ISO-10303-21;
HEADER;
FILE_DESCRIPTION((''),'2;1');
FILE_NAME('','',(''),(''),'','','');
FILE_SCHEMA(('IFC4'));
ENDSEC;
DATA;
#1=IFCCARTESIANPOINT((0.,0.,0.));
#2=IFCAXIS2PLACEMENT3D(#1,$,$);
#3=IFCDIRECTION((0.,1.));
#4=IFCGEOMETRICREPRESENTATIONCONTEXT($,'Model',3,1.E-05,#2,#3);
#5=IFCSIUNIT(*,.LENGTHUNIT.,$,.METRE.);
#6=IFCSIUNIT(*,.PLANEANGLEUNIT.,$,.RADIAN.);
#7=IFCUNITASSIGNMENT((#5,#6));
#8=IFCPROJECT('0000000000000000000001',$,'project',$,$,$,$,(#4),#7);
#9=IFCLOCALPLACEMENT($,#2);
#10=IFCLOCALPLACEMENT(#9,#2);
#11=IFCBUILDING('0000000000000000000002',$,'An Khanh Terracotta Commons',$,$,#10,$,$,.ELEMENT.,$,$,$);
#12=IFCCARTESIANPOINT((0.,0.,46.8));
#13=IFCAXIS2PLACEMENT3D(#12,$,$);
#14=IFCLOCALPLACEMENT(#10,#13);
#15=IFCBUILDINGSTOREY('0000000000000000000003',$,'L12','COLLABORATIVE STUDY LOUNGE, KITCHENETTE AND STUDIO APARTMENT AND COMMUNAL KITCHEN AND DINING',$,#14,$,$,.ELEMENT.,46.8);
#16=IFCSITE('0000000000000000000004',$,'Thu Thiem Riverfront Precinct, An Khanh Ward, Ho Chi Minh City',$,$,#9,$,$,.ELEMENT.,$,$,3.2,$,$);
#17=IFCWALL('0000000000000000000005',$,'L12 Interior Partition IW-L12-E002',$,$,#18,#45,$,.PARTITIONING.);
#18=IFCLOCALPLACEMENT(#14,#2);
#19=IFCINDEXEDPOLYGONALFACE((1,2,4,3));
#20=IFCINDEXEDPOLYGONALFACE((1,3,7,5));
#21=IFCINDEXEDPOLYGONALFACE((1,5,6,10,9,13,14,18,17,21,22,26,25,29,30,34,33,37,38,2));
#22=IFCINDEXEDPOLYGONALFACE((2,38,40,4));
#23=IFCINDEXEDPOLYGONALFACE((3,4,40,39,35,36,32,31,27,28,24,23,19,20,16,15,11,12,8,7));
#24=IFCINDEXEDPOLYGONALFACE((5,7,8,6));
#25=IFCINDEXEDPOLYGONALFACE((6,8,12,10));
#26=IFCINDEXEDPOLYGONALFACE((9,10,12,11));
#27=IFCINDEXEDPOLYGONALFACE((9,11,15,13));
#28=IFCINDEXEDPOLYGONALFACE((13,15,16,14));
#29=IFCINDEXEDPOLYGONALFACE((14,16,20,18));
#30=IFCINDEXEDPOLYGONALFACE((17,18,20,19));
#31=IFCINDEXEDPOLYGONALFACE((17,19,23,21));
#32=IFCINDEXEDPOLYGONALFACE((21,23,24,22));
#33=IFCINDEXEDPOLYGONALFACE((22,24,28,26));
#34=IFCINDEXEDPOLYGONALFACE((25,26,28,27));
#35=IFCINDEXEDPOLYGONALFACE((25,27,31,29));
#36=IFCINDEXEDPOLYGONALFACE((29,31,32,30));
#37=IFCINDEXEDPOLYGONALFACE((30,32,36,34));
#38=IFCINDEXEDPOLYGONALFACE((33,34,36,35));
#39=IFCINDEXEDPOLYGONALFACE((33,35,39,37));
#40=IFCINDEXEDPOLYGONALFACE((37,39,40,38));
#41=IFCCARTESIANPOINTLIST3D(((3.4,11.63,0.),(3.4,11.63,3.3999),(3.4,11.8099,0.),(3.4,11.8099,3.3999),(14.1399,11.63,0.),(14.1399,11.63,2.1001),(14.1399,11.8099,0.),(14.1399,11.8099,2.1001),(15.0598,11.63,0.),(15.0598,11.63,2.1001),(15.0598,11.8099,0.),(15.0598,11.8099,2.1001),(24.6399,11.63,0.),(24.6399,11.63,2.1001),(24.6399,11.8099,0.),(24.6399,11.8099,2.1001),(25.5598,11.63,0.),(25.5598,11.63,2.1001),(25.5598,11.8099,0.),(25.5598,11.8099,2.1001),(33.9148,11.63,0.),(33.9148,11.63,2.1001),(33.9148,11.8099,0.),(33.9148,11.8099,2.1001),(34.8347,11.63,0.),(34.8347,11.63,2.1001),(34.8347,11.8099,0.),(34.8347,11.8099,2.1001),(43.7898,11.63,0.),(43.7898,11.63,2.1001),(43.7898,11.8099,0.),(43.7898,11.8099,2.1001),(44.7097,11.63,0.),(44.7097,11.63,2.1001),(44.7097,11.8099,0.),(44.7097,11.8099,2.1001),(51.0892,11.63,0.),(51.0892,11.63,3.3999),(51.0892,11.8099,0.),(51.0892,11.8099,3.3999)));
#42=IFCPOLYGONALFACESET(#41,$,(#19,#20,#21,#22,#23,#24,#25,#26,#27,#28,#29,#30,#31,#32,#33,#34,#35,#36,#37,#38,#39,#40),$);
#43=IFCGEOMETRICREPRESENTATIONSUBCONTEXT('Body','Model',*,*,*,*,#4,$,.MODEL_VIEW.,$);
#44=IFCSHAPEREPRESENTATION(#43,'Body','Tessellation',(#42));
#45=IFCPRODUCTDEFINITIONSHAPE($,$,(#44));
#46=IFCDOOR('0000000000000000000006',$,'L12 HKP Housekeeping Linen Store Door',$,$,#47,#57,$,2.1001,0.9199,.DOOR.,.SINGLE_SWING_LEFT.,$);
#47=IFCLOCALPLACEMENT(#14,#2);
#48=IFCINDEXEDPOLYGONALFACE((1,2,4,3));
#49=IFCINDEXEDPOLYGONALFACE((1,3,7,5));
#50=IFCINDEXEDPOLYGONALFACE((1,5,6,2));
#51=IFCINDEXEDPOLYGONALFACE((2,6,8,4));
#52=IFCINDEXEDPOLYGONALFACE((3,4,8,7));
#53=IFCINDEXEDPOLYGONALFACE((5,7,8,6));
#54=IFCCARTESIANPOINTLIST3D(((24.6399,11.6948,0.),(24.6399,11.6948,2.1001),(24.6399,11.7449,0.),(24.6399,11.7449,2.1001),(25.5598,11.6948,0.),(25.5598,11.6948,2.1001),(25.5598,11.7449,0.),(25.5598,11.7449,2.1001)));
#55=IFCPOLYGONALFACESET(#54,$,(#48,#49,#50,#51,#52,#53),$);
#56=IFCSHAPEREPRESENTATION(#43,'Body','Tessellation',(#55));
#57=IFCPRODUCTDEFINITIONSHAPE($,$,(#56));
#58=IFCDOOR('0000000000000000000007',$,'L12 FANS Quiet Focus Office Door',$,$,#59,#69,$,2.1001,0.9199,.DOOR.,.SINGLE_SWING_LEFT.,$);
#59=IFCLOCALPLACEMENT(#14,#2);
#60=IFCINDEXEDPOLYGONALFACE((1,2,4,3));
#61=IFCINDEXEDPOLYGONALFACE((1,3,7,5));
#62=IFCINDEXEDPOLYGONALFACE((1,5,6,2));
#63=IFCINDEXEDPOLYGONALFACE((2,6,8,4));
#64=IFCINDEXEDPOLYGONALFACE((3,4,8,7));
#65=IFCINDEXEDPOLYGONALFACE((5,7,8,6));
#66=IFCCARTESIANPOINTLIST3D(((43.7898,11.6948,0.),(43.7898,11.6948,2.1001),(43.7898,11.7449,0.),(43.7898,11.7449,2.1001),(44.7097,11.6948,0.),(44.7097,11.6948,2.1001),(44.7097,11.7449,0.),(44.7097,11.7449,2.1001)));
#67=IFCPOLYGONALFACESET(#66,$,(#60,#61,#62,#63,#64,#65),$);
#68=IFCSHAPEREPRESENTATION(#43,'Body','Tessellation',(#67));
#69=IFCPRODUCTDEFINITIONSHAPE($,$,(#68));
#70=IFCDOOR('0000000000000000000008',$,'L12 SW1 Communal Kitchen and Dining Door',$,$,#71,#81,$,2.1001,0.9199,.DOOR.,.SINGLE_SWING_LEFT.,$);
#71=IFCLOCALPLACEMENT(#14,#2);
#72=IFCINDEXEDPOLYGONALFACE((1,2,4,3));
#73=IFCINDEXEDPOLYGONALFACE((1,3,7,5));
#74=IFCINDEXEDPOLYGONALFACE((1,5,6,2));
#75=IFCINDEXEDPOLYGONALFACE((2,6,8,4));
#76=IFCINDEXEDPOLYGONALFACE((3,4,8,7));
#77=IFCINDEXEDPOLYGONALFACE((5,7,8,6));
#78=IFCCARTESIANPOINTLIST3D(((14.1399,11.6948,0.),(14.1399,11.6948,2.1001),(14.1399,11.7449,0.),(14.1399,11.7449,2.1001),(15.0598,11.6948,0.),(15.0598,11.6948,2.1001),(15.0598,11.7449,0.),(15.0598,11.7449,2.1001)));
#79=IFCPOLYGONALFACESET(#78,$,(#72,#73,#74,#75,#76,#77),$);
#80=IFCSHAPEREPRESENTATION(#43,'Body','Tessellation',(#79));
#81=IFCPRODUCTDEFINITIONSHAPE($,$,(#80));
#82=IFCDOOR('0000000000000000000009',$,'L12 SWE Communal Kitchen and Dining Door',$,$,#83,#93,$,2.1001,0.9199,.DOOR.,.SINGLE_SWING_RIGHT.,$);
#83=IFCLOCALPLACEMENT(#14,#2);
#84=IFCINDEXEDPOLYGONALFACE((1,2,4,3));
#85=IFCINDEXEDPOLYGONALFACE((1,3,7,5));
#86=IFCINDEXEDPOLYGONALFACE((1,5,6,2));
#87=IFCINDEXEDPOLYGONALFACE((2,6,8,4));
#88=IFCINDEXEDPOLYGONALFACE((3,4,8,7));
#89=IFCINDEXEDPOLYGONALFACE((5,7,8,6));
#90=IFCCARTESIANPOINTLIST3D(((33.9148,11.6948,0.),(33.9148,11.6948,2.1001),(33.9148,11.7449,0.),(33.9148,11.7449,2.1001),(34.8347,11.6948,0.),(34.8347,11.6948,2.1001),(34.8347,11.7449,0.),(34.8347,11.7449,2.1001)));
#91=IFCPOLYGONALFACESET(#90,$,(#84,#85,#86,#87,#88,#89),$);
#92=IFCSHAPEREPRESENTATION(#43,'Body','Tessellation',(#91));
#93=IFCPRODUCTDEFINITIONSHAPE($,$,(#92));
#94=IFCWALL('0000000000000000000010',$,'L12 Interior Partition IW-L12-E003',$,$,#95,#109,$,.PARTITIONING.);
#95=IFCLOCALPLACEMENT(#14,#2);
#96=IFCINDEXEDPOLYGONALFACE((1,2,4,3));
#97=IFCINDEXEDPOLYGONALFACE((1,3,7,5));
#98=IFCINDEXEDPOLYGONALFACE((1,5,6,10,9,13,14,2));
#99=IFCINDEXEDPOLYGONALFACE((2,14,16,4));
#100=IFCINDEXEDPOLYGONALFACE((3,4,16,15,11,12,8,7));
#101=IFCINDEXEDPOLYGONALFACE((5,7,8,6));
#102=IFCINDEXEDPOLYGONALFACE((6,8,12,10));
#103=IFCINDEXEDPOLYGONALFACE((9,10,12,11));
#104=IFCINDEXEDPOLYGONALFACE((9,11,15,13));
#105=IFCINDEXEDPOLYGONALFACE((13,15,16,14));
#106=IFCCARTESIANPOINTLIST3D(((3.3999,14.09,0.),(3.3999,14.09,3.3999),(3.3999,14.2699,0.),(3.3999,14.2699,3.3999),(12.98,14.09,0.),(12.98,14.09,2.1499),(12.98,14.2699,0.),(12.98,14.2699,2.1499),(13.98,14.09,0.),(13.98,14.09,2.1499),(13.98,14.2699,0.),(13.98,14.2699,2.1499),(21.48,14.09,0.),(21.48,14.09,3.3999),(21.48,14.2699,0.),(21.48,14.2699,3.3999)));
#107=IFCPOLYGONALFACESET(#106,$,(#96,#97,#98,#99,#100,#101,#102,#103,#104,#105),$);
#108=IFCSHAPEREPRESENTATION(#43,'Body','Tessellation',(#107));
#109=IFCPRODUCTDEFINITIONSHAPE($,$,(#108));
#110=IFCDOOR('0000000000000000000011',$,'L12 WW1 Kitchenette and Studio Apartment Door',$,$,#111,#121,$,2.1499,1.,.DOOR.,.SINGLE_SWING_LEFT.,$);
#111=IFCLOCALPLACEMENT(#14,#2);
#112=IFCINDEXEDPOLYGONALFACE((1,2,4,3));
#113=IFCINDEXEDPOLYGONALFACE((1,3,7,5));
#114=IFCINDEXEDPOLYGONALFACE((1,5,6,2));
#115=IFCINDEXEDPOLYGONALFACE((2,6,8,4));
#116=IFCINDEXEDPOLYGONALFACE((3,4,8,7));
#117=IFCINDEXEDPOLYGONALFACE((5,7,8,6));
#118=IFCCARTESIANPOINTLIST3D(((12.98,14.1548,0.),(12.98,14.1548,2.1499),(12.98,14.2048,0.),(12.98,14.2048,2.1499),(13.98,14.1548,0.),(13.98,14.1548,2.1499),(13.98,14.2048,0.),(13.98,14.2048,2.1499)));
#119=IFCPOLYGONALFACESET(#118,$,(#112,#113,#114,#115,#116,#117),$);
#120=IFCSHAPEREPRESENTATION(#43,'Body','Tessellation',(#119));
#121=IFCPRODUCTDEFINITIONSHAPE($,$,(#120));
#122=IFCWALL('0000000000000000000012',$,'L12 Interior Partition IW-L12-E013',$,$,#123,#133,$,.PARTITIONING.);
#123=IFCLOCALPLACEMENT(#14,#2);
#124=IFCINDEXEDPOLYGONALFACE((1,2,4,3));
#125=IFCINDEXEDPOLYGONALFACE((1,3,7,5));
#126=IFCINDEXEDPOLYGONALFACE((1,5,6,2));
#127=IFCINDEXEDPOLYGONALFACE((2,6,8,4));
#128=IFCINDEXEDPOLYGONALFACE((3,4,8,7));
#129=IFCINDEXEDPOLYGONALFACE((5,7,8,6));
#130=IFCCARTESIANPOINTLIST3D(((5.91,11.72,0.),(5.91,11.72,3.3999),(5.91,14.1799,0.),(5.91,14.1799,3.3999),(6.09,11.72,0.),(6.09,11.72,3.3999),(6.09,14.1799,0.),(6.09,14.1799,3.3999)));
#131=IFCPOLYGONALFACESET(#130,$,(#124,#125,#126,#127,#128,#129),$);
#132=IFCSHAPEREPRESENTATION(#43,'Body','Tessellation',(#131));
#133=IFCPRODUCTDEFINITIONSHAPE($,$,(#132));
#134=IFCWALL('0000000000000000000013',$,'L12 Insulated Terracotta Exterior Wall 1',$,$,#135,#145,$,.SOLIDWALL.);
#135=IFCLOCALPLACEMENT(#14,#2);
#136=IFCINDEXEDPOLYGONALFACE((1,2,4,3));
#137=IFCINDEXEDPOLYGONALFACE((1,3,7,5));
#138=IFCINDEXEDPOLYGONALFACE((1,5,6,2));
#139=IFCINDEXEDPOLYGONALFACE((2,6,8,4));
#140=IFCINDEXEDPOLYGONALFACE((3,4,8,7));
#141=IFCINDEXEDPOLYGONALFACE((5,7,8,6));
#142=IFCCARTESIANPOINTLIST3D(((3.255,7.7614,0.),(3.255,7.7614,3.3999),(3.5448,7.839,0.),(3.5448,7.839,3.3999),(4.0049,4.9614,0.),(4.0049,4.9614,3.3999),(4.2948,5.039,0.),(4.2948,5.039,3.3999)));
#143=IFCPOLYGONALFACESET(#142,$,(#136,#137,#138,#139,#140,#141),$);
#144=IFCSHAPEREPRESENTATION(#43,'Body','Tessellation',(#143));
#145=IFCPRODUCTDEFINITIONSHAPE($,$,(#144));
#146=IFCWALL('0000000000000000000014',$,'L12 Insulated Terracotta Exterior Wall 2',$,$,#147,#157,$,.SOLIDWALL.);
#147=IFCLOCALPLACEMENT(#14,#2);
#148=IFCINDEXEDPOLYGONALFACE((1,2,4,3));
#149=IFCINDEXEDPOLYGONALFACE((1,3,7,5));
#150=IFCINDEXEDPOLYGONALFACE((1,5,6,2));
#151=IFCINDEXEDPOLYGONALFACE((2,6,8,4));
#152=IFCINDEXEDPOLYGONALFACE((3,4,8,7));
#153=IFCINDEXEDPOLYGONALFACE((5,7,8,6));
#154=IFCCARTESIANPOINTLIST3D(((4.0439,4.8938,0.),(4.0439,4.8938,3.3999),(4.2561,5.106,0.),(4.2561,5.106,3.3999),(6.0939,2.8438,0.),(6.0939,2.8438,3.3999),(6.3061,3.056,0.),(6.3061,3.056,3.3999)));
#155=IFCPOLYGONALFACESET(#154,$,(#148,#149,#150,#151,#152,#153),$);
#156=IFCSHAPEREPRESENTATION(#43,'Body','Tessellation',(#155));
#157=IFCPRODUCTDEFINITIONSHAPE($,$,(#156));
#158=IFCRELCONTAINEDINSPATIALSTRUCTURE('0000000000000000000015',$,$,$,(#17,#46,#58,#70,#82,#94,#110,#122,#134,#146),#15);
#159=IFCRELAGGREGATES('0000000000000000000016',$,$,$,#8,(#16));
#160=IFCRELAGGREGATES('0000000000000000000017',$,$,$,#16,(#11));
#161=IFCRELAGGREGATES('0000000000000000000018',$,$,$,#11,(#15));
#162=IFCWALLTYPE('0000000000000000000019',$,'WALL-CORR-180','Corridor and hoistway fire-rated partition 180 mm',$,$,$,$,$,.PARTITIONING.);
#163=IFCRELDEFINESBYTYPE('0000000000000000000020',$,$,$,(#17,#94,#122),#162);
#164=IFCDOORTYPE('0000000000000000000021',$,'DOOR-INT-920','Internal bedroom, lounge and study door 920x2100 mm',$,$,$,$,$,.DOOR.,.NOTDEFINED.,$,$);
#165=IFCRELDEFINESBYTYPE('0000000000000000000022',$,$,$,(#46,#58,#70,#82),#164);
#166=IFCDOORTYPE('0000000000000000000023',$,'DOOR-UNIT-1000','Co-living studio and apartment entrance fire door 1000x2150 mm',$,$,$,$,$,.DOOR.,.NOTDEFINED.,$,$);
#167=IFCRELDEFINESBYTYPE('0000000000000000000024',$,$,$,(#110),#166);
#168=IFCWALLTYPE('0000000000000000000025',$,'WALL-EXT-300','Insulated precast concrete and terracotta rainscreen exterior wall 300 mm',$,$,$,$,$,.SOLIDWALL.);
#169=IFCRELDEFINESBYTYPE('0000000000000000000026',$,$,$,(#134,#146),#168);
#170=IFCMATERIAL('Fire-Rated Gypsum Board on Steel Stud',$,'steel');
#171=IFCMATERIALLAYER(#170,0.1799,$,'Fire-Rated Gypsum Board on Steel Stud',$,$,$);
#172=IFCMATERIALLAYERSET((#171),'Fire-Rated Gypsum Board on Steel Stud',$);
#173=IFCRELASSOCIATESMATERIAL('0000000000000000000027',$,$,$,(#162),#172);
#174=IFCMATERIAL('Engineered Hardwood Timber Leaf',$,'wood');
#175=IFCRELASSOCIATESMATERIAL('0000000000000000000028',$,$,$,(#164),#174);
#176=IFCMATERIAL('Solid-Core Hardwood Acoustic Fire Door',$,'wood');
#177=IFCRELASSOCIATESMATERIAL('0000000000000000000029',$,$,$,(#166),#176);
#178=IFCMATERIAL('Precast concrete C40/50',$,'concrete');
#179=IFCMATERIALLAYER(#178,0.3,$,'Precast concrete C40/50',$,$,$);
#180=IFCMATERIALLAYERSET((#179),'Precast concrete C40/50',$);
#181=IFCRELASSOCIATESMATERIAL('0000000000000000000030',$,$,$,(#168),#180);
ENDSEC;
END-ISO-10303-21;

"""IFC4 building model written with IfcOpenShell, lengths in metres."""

from ifc_helpers import new_model, si_unit, direction, frame, frame_2d, origin, place, context, subcontext, project, spatial, rectangle, extrude, material, layer, layer_set, type_object, element, fill, save


model = new_model("IFC4")

# Units and contexts
model_context = context("Model", 3, precision=1e-05, world=origin(), true_north=direction((0.0, 1.0)))
body_context = subcontext(model_context, "Body", "Model", "MODEL_VIEW")
ifc_project = project(units=[si_unit("LENGTHUNIT", "METRE"), si_unit("PLANEANGLEUNIT", "RADIAN")], contexts=[model_context])

# Site, building, storey
site_placement = place(None, origin())
site = spatial("IfcSite", under=ifc_project, at=site_placement, Name="Thu Thiem Riverfront Precinct, An Khanh Ward, Ho Chi Minh City", CompositionType="ELEMENT", RefElevation=3.2)
building_placement = place(site_placement, origin())
building = spatial("IfcBuilding", under=site, at=building_placement, Name="An Khanh Terracotta Commons", CompositionType="ELEMENT")
storey_placement = place(building_placement, frame((0.0, 0.0, 46.8)))
storey = spatial("IfcBuildingStorey", under=building, at=storey_placement, Name="L12", Description="COLLABORATIVE STUDY LOUNGE, KITCHENETTE AND STUDIO APARTMENT AND COMMUNAL KITCHEN AND DINING", CompositionType="ELEMENT", Elevation=46.8)

# Shared definitions
ifc_material_1 = material(Name="Fire-Rated Gypsum Board on Steel Stud", Category="steel")
ifc_layer_1 = layer(ifc_material_1, 0.1799, Name="Fire-Rated Gypsum Board on Steel Stud")
ifc_layer_set_1 = layer_set([ifc_layer_1], Name="Fire-Rated Gypsum Board on Steel Stud")
wall_type_1 = type_object("IfcWallType", Name="WALL-CORR-180", Description="Corridor and hoistway fire-rated partition 180 mm", PredefinedType="PARTITIONING", material=ifc_layer_set_1)

# Wall, openings, doors
wall_1_placement = place(storey_placement, frame((3.3999, 11.72, 0.0), z_axis=(0.0, 0.0, 1.0), x_axis=(1.0, 0.0, 0.0)))
wall_1 = element("IfcWall", 1, at=wall_1_placement, inside=storey, type_object=wall_type_1, Name="L12 Interior Partition IW-L12-E002", PredefinedType="PARTITIONING", context=body_context, shape_type="SweptSolid", body=[
    extrude(rectangle(XDim=47.6892, YDim=0.1799, at=frame_2d((23.8447, 0.0))), origin(), (0.0, 0.0, 1.0), 3.3999),
])
opening_1_placement = place(wall_1_placement, frame((21.24, 0.0, 0.0)))
opening_1 = element("IfcOpeningElement", 2, at=opening_1_placement, cuts=wall_1, PredefinedType="OPENING", context=body_context, shape_type="SweptSolid", body=[
    extrude(rectangle(XDim=0.9199, YDim=2.1001, at=frame_2d((0.46, 1.05))), frame((0.0, 0.0999, 0.0), z_axis=(0.0, -1.0, 0.0), x_axis=(1.0, 0.0, 0.0)), (0.0, 0.0, 1.0), 0.2),
])
opening_2_placement = place(wall_1_placement, frame((40.3899, 0.0, 0.0)))
opening_2 = element("IfcOpeningElement", 3, at=opening_2_placement, cuts=wall_1, PredefinedType="OPENING", context=body_context, shape_type="SweptSolid", body=[
    extrude(rectangle(XDim=0.9199, YDim=2.1001, at=frame_2d((0.46, 1.05))), frame((0.0, 0.0999, 0.0), z_axis=(0.0, -1.0, 0.0), x_axis=(1.0, 0.0, 0.0)), (0.0, 0.0, 1.0), 0.2),
])
opening_3_placement = place(wall_1_placement, frame((10.74, 0.0, 0.0)))
opening_3 = element("IfcOpeningElement", 4, at=opening_3_placement, cuts=wall_1, PredefinedType="OPENING", context=body_context, shape_type="SweptSolid", body=[
    extrude(rectangle(XDim=0.9199, YDim=2.1001, at=frame_2d((0.46, 1.05))), frame((0.0, 0.0999, 0.0), z_axis=(0.0, -1.0, 0.0), x_axis=(1.0, 0.0, 0.0)), (0.0, 0.0, 1.0), 0.2),
])
opening_4_placement = place(wall_1_placement, frame((30.5149, 0.0, 0.0)))
opening_4 = element("IfcOpeningElement", 5, at=opening_4_placement, cuts=wall_1, PredefinedType="OPENING", context=body_context, shape_type="SweptSolid", body=[
    extrude(rectangle(XDim=0.9199, YDim=2.1001, at=frame_2d((0.46, 1.05))), frame((0.0, 0.0999, 0.0), z_axis=(0.0, -1.0, 0.0), x_axis=(1.0, 0.0, 0.0)), (0.0, 0.0, 1.0), 0.2),
])
ifc_material_2 = material(Name="Engineered Hardwood Timber Leaf", Category="wood")
door_type_1 = type_object("IfcDoorType", Name="DOOR-INT-920", Description="Internal bedroom, lounge and study door 920x2100 mm", OperationType="NOTDEFINED", PredefinedType="DOOR", material=ifc_material_2)
door_1_placement = place(opening_1_placement, origin())
door_1 = element("IfcDoor", 6, at=door_1_placement, inside=storey, type_object=door_type_1, Name="L12 HKP Housekeeping Linen Store Door", OperationType="SINGLE_SWING_LEFT", OverallHeight=2.1001, OverallWidth=0.9199, PredefinedType="DOOR", context=body_context, shape_type="SweptSolid", body=[
    extrude(rectangle(XDim=0.9199, YDim=2.1001, at=frame_2d((0.46, 1.05))), frame((0.0, 0.0249, 0.0), z_axis=(0.0, -1.0, 0.0), x_axis=(1.0, 0.0, 0.0)), (0.0, 0.0, 1.0), 0.05),
])
fill(opening_1, door_1)
door_2_placement = place(opening_2_placement, origin())
door_2 = element("IfcDoor", 7, at=door_2_placement, inside=storey, type_object=door_type_1, Name="L12 FANS Quiet Focus Office Door", OperationType="SINGLE_SWING_LEFT", OverallHeight=2.1001, OverallWidth=0.9199, PredefinedType="DOOR", context=body_context, shape_type="SweptSolid", body=[
    extrude(rectangle(XDim=0.9199, YDim=2.1001, at=frame_2d((0.46, 1.05))), frame((0.0, 0.0249, 0.0), z_axis=(0.0, -1.0, 0.0), x_axis=(1.0, 0.0, 0.0)), (0.0, 0.0, 1.0), 0.05),
])
fill(opening_2, door_2)
door_3_placement = place(opening_3_placement, origin())
door_3 = element("IfcDoor", 8, at=door_3_placement, inside=storey, type_object=door_type_1, Name="L12 SW1 Communal Kitchen and Dining Door", OperationType="SINGLE_SWING_LEFT", OverallHeight=2.1001, OverallWidth=0.9199, PredefinedType="DOOR", context=body_context, shape_type="SweptSolid", body=[
    extrude(rectangle(XDim=0.9199, YDim=2.1001, at=frame_2d((0.46, 1.05))), frame((0.0, 0.0249, 0.0), z_axis=(0.0, -1.0, 0.0), x_axis=(1.0, 0.0, 0.0)), (0.0, 0.0, 1.0), 0.05),
])
fill(opening_3, door_3)
door_4_placement = place(opening_4_placement, origin())
door_4 = element("IfcDoor", 9, at=door_4_placement, inside=storey, type_object=door_type_1, Name="L12 SWE Communal Kitchen and Dining Door", OperationType="SINGLE_SWING_RIGHT", OverallHeight=2.1001, OverallWidth=0.9199, PredefinedType="DOOR", context=body_context, shape_type="SweptSolid", body=[
    extrude(rectangle(XDim=0.9199, YDim=2.1001, at=frame_2d((0.46, 1.05))), frame((0.0, 0.0249, 0.0), z_axis=(0.0, -1.0, 0.0), x_axis=(1.0, 0.0, 0.0)), (0.0, 0.0, 1.0), 0.05),
])
fill(opening_4, door_4)

# Wall, opening, door
wall_2_placement = place(storey_placement, frame((3.3999, 14.1799, 0.0), z_axis=(0.0, 0.0, 1.0), x_axis=(1.0, 0.0, 0.0)))
wall_2 = element("IfcWall", 10, at=wall_2_placement, inside=storey, type_object=wall_type_1, Name="L12 Interior Partition IW-L12-E003", PredefinedType="PARTITIONING", context=body_context, shape_type="SweptSolid", body=[
    extrude(rectangle(XDim=18.0801, YDim=0.1799, at=frame_2d((9.04, 0.0))), origin(), (0.0, 0.0, 1.0), 3.3999),
])
opening_5_placement = place(wall_2_placement, frame((9.5801, 0.0, 0.0)))
opening_5 = element("IfcOpeningElement", 11, at=opening_5_placement, cuts=wall_2, PredefinedType="OPENING", context=body_context, shape_type="SweptSolid", body=[
    extrude(rectangle(XDim=1.0, YDim=2.1499, at=frame_2d((0.5, 1.075))), frame((0.0, 0.0999, 0.0), z_axis=(0.0, -1.0, 0.0), x_axis=(1.0, 0.0, 0.0)), (0.0, 0.0, 1.0), 0.2),
])
ifc_material_3 = material(Name="Solid-Core Hardwood Acoustic Fire Door", Category="wood")
door_type_2 = type_object("IfcDoorType", Name="DOOR-UNIT-1000", Description="Co-living studio and apartment entrance fire door 1000x2150 mm", OperationType="NOTDEFINED", PredefinedType="DOOR", material=ifc_material_3)
door_5_placement = place(opening_5_placement, origin())
door_5 = element("IfcDoor", 12, at=door_5_placement, inside=storey, type_object=door_type_2, Name="L12 WW1 Kitchenette and Studio Apartment Door", OperationType="SINGLE_SWING_LEFT", OverallHeight=2.1499, OverallWidth=1.0, PredefinedType="DOOR", context=body_context, shape_type="SweptSolid", body=[
    extrude(rectangle(XDim=1.0, YDim=2.1499, at=frame_2d((0.5, 1.075))), frame((0.0, 0.0249, 0.0), z_axis=(0.0, -1.0, 0.0), x_axis=(1.0, 0.0, 0.0)), (0.0, 0.0, 1.0), 0.05),
])
fill(opening_5, door_5)

# Walls
wall_3_placement = place(storey_placement, frame((6.0, 11.72, 0.0), z_axis=(0.0, 0.0, 1.0), x_axis=(0.0, 1.0, 0.0)))
element("IfcWall", 13, at=wall_3_placement, inside=storey, type_object=wall_type_1, Name="L12 Interior Partition IW-L12-E013", PredefinedType="PARTITIONING", context=body_context, shape_type="SweptSolid", body=[
    extrude(rectangle(XDim=2.46, YDim=0.1799, at=frame_2d((1.23, 0.0))), origin(), (0.0, 0.0, 1.0), 3.3999),
])
ifc_material_4 = material(Name="Precast concrete C40/50", Category="concrete")
ifc_layer_2 = layer(ifc_material_4, 0.3, Name="Precast concrete C40/50")
ifc_layer_set_2 = layer_set([ifc_layer_2], Name="Precast concrete C40/50")
wall_type_2 = type_object("IfcWallType", Name="WALL-EXT-300", Description="Insulated precast concrete and terracotta rainscreen exterior wall 300 mm", PredefinedType="SOLIDWALL", material=ifc_layer_set_2)
wall_4_placement = place(storey_placement, frame((3.3999, 7.8, 0.0), z_axis=(0.0, 0.0, 1.0), x_axis=(0.258732, -0.965949, 0.0)))
element("IfcWall", 14, at=wall_4_placement, inside=storey, type_object=wall_type_2, Name="L12 Insulated Terracotta Exterior Wall 1", PredefinedType="SOLIDWALL", context=body_context, shape_type="SweptSolid", body=[
    extrude(rectangle(XDim=2.8987, YDim=0.3, at=frame_2d((1.4492, 0.0))), origin(), (0.0, 0.0, 1.0), 3.3999),
])
wall_5_placement = place(storey_placement, frame((4.1499, 5.0, 0.0), z_axis=(0.0, 0.0, 1.0), x_axis=(0.707107, -0.707107, 0.0)))
element("IfcWall", 15, at=wall_5_placement, inside=storey, type_object=wall_type_2, Name="L12 Insulated Terracotta Exterior Wall 2", PredefinedType="SOLIDWALL", context=body_context, shape_type="SweptSolid", body=[
    extrude(rectangle(XDim=2.8992, YDim=0.3, at=frame_2d((1.4497, 0.0))), origin(), (0.0, 0.0, 1.0), 3.3999),
])

save(model, "model.ifc")
